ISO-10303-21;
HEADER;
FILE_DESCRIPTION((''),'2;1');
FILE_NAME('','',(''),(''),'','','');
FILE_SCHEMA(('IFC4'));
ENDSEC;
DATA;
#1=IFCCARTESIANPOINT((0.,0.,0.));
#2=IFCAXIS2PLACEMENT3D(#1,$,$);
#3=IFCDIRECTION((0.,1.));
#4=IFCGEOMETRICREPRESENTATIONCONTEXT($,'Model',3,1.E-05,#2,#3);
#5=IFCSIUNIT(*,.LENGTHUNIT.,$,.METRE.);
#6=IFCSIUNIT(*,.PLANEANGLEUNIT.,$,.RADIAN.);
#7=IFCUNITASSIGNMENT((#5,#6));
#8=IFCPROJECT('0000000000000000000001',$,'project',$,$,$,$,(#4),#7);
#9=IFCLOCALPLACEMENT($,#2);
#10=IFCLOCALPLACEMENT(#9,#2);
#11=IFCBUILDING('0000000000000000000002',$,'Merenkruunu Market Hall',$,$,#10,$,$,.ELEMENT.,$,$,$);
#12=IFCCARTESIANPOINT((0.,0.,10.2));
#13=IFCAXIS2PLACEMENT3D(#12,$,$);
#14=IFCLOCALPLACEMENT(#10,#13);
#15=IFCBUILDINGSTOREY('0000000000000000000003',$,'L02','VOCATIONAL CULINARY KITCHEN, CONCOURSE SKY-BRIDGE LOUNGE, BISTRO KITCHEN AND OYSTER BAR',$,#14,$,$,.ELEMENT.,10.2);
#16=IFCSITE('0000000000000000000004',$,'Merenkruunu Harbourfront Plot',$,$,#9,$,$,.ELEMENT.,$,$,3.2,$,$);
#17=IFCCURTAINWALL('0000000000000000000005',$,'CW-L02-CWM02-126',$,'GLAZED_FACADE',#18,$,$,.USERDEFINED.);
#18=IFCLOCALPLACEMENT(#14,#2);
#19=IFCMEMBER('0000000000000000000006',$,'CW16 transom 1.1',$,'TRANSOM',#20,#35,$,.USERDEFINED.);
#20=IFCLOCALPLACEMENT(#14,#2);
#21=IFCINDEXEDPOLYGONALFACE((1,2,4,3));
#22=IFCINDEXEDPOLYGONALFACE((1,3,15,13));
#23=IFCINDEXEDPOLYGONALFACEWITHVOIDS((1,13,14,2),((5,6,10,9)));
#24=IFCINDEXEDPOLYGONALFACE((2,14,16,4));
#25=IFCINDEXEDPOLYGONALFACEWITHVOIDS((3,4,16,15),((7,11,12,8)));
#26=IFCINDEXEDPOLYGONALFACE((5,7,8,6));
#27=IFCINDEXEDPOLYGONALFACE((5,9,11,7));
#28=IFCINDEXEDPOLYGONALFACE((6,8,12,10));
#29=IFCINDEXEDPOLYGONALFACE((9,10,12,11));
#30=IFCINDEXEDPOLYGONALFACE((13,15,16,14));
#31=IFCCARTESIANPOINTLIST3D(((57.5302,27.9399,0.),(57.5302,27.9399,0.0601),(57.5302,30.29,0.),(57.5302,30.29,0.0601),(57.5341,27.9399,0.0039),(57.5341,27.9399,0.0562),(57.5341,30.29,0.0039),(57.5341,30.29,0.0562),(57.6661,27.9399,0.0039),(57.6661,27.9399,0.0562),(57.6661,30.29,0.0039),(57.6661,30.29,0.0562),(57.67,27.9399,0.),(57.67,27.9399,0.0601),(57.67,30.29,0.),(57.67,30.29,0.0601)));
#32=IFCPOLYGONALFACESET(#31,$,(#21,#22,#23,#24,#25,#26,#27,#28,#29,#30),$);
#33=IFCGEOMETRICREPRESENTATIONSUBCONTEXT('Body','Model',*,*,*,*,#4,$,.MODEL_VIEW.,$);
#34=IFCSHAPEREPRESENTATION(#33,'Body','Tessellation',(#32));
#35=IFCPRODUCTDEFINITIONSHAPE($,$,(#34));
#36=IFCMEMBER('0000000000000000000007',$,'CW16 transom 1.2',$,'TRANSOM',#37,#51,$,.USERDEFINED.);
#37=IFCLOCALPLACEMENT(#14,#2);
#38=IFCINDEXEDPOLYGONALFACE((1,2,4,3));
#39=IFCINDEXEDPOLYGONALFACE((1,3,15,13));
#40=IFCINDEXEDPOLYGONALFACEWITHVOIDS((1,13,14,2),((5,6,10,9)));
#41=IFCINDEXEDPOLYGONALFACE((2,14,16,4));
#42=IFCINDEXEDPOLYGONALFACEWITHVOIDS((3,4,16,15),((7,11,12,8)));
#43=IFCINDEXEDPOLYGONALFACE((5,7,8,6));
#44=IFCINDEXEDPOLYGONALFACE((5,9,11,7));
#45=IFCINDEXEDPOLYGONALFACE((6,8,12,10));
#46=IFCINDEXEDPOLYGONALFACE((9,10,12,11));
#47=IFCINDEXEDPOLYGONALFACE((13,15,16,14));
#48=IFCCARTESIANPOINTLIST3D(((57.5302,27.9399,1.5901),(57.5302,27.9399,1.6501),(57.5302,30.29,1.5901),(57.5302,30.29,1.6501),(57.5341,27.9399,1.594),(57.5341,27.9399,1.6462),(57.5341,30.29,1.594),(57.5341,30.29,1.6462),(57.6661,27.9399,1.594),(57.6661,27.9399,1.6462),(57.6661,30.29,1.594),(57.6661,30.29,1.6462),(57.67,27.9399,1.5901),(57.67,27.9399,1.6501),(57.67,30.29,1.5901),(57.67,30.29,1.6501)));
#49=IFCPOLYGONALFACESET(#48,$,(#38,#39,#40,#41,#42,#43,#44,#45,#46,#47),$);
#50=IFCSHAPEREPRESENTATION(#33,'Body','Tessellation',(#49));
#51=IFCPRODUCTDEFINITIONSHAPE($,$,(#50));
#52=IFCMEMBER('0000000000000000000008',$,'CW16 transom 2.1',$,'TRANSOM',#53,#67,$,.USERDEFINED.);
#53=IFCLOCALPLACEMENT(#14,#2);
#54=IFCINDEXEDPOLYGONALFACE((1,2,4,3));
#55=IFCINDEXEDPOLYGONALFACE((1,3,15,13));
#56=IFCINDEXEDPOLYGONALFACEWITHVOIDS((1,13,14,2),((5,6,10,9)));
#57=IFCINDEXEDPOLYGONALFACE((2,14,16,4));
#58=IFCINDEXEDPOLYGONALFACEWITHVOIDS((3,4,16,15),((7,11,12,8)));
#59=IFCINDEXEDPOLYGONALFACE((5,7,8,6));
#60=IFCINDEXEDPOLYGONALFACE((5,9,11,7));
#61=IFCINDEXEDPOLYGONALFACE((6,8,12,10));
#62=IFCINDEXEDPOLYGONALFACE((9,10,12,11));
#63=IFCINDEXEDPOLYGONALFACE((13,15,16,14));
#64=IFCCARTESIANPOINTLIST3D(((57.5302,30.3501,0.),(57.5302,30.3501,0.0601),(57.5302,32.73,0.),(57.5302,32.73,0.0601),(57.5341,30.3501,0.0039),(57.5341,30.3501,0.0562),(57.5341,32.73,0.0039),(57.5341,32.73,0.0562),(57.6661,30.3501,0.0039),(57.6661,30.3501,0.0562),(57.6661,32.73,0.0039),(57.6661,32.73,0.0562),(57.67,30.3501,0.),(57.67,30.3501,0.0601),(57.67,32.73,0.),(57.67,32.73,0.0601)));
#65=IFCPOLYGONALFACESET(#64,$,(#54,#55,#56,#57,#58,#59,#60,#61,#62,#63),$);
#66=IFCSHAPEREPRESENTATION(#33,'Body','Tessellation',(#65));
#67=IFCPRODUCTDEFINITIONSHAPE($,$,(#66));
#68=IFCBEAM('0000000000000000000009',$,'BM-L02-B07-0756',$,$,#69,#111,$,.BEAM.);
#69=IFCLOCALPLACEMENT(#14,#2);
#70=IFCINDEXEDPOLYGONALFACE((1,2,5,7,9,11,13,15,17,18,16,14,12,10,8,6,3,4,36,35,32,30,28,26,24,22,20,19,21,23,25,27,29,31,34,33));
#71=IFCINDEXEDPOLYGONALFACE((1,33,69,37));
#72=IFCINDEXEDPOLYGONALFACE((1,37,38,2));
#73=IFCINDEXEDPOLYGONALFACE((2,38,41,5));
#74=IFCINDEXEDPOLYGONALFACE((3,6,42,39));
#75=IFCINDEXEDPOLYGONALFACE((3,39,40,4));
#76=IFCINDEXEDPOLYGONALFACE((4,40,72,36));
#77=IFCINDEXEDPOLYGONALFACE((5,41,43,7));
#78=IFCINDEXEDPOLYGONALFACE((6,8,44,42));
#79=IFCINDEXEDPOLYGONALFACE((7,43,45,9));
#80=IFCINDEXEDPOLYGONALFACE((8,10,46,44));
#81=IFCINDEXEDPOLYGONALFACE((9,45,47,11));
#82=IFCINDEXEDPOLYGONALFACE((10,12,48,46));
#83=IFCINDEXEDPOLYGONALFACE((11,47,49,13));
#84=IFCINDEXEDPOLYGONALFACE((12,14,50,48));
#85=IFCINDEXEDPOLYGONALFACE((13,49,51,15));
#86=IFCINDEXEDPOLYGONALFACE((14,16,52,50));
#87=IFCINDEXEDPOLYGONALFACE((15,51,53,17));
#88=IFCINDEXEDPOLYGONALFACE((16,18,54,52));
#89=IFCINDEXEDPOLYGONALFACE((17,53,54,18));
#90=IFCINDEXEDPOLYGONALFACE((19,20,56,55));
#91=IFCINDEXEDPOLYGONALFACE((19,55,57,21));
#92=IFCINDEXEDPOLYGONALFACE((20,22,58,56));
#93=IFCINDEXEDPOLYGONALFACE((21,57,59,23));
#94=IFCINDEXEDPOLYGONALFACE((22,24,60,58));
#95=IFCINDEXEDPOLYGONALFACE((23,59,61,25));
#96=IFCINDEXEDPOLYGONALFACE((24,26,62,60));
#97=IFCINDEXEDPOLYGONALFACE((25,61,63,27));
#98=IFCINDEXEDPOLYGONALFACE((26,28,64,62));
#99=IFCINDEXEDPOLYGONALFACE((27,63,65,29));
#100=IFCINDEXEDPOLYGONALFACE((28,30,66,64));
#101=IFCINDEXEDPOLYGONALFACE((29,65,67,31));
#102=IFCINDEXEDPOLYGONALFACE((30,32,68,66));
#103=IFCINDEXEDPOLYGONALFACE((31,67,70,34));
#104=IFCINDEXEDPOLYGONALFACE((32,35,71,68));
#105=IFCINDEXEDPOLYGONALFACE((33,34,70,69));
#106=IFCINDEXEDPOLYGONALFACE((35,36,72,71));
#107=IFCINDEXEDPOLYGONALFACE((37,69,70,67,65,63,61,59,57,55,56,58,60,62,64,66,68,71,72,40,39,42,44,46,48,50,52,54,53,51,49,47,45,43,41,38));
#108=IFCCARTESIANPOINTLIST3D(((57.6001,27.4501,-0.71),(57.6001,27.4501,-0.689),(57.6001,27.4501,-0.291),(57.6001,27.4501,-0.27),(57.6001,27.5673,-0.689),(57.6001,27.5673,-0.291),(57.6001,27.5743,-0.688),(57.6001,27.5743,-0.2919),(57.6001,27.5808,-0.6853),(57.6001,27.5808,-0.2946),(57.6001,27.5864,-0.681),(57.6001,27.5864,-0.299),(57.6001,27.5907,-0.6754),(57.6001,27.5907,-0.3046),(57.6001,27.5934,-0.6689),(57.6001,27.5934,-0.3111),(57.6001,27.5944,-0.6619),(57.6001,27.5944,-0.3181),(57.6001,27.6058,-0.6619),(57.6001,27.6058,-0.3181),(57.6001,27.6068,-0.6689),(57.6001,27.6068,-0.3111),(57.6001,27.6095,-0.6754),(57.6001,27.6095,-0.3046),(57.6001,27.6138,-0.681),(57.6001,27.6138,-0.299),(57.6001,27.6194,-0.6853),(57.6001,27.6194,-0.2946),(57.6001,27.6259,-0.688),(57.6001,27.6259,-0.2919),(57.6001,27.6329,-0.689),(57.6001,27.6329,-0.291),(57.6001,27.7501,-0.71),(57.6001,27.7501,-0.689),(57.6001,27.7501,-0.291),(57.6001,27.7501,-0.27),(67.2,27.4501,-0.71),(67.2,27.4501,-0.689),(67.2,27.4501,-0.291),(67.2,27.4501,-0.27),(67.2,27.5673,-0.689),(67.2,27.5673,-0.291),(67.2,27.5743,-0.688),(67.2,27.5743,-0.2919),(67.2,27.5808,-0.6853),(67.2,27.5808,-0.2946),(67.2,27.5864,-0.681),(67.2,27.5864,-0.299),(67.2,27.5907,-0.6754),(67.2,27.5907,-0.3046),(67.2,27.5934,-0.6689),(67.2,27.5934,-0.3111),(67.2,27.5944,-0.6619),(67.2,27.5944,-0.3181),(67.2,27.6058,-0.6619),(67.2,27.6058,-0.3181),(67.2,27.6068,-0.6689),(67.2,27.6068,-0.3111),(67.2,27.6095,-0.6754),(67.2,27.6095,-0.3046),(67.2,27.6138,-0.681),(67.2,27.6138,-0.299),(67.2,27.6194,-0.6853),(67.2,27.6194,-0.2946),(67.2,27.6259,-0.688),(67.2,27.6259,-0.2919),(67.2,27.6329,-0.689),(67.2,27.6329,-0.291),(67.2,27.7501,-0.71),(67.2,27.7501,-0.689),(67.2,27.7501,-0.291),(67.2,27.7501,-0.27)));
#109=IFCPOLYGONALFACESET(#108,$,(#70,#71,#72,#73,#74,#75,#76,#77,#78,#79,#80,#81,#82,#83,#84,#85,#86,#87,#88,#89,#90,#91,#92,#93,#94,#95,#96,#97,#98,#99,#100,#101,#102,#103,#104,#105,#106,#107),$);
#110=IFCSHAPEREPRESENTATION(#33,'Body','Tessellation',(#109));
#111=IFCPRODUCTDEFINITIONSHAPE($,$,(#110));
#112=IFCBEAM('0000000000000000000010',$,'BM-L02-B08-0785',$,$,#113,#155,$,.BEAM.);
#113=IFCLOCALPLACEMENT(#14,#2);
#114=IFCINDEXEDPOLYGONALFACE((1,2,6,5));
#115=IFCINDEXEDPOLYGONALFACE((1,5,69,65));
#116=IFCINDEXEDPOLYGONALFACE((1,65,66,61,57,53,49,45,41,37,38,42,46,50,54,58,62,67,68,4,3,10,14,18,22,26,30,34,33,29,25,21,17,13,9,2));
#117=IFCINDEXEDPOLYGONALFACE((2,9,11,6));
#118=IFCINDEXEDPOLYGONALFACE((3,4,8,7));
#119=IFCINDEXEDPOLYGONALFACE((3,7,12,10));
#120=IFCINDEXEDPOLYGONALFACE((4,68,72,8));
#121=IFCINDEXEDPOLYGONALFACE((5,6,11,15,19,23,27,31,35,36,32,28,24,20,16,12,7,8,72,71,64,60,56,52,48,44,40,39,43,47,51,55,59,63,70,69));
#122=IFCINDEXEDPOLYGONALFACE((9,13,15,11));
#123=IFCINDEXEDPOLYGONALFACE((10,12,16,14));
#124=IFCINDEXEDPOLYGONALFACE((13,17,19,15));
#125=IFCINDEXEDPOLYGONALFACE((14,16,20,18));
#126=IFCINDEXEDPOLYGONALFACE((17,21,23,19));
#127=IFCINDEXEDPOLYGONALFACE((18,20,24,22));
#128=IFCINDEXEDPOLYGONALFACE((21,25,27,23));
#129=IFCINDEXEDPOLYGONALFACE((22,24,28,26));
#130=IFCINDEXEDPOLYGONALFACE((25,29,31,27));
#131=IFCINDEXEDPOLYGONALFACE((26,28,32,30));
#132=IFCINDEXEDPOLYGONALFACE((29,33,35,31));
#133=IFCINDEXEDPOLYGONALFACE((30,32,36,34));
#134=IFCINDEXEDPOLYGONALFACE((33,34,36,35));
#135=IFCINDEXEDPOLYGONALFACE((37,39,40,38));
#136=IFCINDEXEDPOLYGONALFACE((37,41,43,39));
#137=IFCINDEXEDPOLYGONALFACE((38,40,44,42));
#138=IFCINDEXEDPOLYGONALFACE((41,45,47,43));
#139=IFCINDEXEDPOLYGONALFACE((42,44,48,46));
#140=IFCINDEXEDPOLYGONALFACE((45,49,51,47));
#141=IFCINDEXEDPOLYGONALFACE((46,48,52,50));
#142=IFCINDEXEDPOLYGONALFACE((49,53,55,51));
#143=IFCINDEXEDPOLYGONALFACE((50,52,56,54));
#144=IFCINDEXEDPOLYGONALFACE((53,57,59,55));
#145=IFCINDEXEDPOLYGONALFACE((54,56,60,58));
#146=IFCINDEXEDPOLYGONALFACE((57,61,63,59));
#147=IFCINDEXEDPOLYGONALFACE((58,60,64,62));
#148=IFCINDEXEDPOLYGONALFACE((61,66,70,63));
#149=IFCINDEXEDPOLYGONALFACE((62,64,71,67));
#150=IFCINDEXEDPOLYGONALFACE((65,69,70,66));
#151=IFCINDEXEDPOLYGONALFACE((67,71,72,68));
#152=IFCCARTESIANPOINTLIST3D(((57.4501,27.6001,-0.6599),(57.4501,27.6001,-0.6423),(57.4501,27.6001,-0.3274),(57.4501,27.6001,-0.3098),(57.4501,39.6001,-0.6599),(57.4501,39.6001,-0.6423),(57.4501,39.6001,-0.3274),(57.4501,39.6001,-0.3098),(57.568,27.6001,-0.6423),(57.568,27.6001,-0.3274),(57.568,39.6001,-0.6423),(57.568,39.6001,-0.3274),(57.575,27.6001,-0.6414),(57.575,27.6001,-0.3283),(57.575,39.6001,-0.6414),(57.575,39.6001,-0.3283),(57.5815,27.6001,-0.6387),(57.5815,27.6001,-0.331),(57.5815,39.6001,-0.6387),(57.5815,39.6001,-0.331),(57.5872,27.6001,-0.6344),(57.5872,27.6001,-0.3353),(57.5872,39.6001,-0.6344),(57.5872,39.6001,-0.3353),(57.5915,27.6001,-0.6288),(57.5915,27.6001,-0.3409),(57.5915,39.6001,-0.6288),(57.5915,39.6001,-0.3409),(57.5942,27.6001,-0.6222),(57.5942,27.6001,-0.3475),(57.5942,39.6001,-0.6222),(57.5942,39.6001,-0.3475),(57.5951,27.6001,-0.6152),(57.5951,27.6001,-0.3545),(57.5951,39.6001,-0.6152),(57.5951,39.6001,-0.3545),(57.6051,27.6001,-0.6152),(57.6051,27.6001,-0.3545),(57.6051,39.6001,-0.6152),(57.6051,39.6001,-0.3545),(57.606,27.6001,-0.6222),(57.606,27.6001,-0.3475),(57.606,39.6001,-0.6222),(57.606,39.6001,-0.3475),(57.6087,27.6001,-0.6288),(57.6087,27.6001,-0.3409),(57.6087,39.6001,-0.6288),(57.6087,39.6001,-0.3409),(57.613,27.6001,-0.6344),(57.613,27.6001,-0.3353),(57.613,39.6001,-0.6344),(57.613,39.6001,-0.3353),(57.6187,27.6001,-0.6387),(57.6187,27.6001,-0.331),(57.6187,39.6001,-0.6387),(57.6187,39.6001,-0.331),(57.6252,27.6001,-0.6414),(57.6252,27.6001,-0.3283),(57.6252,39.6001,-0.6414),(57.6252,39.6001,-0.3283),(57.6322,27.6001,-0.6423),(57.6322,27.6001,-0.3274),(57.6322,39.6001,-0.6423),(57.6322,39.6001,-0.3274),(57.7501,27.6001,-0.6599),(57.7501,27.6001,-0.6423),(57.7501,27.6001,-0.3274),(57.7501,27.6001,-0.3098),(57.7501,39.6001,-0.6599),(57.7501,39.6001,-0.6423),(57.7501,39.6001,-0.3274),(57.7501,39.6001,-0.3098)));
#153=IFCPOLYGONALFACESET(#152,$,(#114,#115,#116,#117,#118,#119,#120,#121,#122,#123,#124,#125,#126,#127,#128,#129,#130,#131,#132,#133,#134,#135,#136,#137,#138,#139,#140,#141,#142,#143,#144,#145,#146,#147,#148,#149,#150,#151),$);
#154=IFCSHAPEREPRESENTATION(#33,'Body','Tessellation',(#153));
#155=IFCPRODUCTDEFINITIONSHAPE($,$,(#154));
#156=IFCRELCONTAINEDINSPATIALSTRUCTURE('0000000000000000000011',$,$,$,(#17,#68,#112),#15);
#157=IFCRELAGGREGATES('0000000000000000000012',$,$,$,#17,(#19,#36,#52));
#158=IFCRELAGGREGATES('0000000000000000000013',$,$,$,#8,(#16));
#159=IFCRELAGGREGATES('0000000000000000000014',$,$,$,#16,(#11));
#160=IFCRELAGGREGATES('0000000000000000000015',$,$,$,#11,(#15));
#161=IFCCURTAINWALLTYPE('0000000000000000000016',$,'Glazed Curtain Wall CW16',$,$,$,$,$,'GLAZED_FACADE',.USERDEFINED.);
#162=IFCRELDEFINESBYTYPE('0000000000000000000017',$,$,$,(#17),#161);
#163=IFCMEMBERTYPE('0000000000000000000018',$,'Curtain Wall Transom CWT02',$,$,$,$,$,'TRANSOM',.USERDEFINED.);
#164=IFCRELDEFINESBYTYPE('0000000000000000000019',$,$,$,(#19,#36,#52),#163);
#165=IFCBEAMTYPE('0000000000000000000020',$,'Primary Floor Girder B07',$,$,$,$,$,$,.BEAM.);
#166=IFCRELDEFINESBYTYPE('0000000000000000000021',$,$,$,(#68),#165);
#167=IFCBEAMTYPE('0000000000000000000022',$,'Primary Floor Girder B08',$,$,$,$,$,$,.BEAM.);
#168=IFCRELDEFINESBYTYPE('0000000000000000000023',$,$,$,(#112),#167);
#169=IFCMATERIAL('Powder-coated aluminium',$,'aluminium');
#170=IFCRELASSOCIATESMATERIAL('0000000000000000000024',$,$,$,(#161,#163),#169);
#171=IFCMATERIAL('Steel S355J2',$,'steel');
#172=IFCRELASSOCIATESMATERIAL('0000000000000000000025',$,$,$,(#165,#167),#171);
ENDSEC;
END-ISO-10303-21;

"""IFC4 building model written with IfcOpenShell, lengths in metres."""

from ifc_helpers import new_model, si_unit, direction, frame, origin, origin_2d, place, context, subcontext, project, spatial, hollow_rectangle, i_section, extrude, material, material_profile, profile_set, type_object, element, aggregate, save


model = new_model("IFC4")

# Units and contexts
model_context = context("Model", 3, precision=1e-05, world=origin(), true_north=direction((0.0, 1.0)))
body_context = subcontext(model_context, "Body", "Model", "MODEL_VIEW")
ifc_project = project(units=[si_unit("LENGTHUNIT", "METRE"), si_unit("PLANEANGLEUNIT", "RADIAN")], contexts=[model_context])

# Site, building, storey
site_placement = place(None, origin())
site = spatial("IfcSite", under=ifc_project, at=site_placement, Name="Merenkruunu Harbourfront Plot", CompositionType="ELEMENT", RefElevation=3.2)
building_placement = place(site_placement, origin())
building = spatial("IfcBuilding", under=site, at=building_placement, Name="Merenkruunu Market Hall", CompositionType="ELEMENT")
storey_placement = place(building_placement, frame((0.0, 0.0, 10.2)))
storey = spatial("IfcBuildingStorey", under=building, at=storey_placement, Name="L02", Description="VOCATIONAL CULINARY KITCHEN, CONCOURSE SKY-BRIDGE LOUNGE, BISTRO KITCHEN AND OYSTER BAR", CompositionType="ELEMENT", Elevation=10.2)

# Curtain wall
ifc_material_1 = material(Name="Powder-coated aluminium", Category="aluminium")
curtain_wall_type_1 = type_object("IfcCurtainWallType", Name="Glazed Curtain Wall CW16", ElementType="GLAZED_FACADE", PredefinedType="USERDEFINED", material=ifc_material_1)
curtain_wall_1_placement = place(storey_placement, origin())
curtain_wall_1 = element("IfcCurtainWall", 1, at=curtain_wall_1_placement, inside=storey, type_object=curtain_wall_type_1, Name="CW-L02-CWM02-126", ObjectType="GLAZED_FACADE", PredefinedType="USERDEFINED")

# Members
ifc_material_profile_1 = material_profile(ifc_material_1, hollow_rectangle(XDim=0.0601, YDim=0.1399, WallThickness=0.0039, at=origin_2d()), Name="ALU 60x140x4")
ifc_profile_set_1 = profile_set([ifc_material_profile_1], Name="Powder-coated aluminium")
member_type_1 = type_object("IfcMemberType", Name="Curtain Wall Transom CWT02", ElementType="TRANSOM", PredefinedType="USERDEFINED", material=ifc_profile_set_1)
member_1_placement = place(storey_placement, frame((57.6001, 27.9399, 0.03), z_axis=(0.0, 1.0, 0.0), x_axis=(0.0, 0.0, 1.0)))
member_1 = element("IfcMember", 2, at=member_1_placement, type_object=member_type_1, Name="CW16 transom 1.1", ObjectType="TRANSOM", PredefinedType="USERDEFINED", context=body_context, shape_type="SweptSolid", body=[
    extrude(hollow_rectangle(XDim=0.0601, YDim=0.1399, WallThickness=0.0039, at=origin_2d()), origin(), (0.0, 0.0, 1.0), 2.3501),
])
member_2_placement = place(storey_placement, frame((57.6001, 27.9399, 1.6201), z_axis=(0.0, 1.0, 0.0), x_axis=(0.0, 0.0, 1.0)))
member_2 = element("IfcMember", 3, at=member_2_placement, type_object=member_type_1, Name="CW16 transom 1.2", ObjectType="TRANSOM", PredefinedType="USERDEFINED", context=body_context, shape_type="SweptSolid", body=[
    extrude(hollow_rectangle(XDim=0.0601, YDim=0.1399, WallThickness=0.0039, at=origin_2d()), origin(), (0.0, 0.0, 1.0), 2.3501),
])
member_3_placement = place(storey_placement, frame((57.6001, 30.3501, 0.03), z_axis=(0.0, 1.0, 0.0), x_axis=(0.0, 0.0, 1.0)))
member_3 = element("IfcMember", 4, at=member_3_placement, type_object=member_type_1, Name="CW16 transom 2.1", ObjectType="TRANSOM", PredefinedType="USERDEFINED", context=body_context, shape_type="SweptSolid", body=[
    extrude(hollow_rectangle(XDim=0.0601, YDim=0.1399, WallThickness=0.0039, at=origin_2d()), origin(), (0.0, 0.0, 1.0), 2.3799),
])

# Beams
ifc_material_2 = material(Name="Steel S355J2", Category="steel")
ifc_material_profile_2 = material_profile(ifc_material_2, i_section(OverallWidth=0.3, OverallDepth=0.4399, WebThickness=0.0115, FlangeThickness=0.021, FilletRadius=0.0271, at=origin_2d()), Name="HEA 450")
ifc_profile_set_2 = profile_set([ifc_material_profile_2], Name="Steel S355J2")
beam_type_1 = type_object("IfcBeamType", Name="Primary Floor Girder B07", PredefinedType="BEAM", material=ifc_profile_set_2)
beam_1_placement = place(storey_placement, frame((57.6001, 27.6001, -0.49), z_axis=(1.0, 0.0, 0.0), x_axis=(0.0, 1.0, 0.0)))
element("IfcBeam", 5, at=beam_1_placement, inside=storey, type_object=beam_type_1, Name="BM-L02-B07-0756", PredefinedType="BEAM", context=body_context, shape_type="SweptSolid", body=[
    extrude(i_section(OverallWidth=0.3, OverallDepth=0.4399, WebThickness=0.0115, FlangeThickness=0.021, FilletRadius=0.0271, at=origin_2d()), origin(), (0.0, 0.0, 1.0), 9.5999),
])
ifc_material_profile_3 = material_profile(ifc_material_2, i_section(OverallWidth=0.3, OverallDepth=0.3501, WebThickness=0.01, FlangeThickness=0.0176, FilletRadius=0.0271, at=origin_2d()), Name="HEA 360")
ifc_profile_set_3 = profile_set([ifc_material_profile_3], Name="Steel S355J2")
beam_type_2 = type_object("IfcBeamType", Name="Primary Floor Girder B08", PredefinedType="BEAM", material=ifc_profile_set_3)
beam_2_placement = place(storey_placement, frame((57.6001, 27.6001, -0.4849), z_axis=(0.0, 1.0, 0.0), x_axis=(-1.0, 0.0, 0.0)))
element("IfcBeam", 6, at=beam_2_placement, inside=storey, type_object=beam_type_2, Name="BM-L02-B08-0785", PredefinedType="BEAM", context=body_context, shape_type="SweptSolid", body=[
    extrude(i_section(OverallWidth=0.3, OverallDepth=0.3501, WebThickness=0.01, FlangeThickness=0.0176, FilletRadius=0.0271, at=origin_2d()), origin(), (0.0, 0.0, 1.0), 12.0),
])

aggregate(curtain_wall_1, [member_1, member_2, member_3])

save(model, "model.ifc")
